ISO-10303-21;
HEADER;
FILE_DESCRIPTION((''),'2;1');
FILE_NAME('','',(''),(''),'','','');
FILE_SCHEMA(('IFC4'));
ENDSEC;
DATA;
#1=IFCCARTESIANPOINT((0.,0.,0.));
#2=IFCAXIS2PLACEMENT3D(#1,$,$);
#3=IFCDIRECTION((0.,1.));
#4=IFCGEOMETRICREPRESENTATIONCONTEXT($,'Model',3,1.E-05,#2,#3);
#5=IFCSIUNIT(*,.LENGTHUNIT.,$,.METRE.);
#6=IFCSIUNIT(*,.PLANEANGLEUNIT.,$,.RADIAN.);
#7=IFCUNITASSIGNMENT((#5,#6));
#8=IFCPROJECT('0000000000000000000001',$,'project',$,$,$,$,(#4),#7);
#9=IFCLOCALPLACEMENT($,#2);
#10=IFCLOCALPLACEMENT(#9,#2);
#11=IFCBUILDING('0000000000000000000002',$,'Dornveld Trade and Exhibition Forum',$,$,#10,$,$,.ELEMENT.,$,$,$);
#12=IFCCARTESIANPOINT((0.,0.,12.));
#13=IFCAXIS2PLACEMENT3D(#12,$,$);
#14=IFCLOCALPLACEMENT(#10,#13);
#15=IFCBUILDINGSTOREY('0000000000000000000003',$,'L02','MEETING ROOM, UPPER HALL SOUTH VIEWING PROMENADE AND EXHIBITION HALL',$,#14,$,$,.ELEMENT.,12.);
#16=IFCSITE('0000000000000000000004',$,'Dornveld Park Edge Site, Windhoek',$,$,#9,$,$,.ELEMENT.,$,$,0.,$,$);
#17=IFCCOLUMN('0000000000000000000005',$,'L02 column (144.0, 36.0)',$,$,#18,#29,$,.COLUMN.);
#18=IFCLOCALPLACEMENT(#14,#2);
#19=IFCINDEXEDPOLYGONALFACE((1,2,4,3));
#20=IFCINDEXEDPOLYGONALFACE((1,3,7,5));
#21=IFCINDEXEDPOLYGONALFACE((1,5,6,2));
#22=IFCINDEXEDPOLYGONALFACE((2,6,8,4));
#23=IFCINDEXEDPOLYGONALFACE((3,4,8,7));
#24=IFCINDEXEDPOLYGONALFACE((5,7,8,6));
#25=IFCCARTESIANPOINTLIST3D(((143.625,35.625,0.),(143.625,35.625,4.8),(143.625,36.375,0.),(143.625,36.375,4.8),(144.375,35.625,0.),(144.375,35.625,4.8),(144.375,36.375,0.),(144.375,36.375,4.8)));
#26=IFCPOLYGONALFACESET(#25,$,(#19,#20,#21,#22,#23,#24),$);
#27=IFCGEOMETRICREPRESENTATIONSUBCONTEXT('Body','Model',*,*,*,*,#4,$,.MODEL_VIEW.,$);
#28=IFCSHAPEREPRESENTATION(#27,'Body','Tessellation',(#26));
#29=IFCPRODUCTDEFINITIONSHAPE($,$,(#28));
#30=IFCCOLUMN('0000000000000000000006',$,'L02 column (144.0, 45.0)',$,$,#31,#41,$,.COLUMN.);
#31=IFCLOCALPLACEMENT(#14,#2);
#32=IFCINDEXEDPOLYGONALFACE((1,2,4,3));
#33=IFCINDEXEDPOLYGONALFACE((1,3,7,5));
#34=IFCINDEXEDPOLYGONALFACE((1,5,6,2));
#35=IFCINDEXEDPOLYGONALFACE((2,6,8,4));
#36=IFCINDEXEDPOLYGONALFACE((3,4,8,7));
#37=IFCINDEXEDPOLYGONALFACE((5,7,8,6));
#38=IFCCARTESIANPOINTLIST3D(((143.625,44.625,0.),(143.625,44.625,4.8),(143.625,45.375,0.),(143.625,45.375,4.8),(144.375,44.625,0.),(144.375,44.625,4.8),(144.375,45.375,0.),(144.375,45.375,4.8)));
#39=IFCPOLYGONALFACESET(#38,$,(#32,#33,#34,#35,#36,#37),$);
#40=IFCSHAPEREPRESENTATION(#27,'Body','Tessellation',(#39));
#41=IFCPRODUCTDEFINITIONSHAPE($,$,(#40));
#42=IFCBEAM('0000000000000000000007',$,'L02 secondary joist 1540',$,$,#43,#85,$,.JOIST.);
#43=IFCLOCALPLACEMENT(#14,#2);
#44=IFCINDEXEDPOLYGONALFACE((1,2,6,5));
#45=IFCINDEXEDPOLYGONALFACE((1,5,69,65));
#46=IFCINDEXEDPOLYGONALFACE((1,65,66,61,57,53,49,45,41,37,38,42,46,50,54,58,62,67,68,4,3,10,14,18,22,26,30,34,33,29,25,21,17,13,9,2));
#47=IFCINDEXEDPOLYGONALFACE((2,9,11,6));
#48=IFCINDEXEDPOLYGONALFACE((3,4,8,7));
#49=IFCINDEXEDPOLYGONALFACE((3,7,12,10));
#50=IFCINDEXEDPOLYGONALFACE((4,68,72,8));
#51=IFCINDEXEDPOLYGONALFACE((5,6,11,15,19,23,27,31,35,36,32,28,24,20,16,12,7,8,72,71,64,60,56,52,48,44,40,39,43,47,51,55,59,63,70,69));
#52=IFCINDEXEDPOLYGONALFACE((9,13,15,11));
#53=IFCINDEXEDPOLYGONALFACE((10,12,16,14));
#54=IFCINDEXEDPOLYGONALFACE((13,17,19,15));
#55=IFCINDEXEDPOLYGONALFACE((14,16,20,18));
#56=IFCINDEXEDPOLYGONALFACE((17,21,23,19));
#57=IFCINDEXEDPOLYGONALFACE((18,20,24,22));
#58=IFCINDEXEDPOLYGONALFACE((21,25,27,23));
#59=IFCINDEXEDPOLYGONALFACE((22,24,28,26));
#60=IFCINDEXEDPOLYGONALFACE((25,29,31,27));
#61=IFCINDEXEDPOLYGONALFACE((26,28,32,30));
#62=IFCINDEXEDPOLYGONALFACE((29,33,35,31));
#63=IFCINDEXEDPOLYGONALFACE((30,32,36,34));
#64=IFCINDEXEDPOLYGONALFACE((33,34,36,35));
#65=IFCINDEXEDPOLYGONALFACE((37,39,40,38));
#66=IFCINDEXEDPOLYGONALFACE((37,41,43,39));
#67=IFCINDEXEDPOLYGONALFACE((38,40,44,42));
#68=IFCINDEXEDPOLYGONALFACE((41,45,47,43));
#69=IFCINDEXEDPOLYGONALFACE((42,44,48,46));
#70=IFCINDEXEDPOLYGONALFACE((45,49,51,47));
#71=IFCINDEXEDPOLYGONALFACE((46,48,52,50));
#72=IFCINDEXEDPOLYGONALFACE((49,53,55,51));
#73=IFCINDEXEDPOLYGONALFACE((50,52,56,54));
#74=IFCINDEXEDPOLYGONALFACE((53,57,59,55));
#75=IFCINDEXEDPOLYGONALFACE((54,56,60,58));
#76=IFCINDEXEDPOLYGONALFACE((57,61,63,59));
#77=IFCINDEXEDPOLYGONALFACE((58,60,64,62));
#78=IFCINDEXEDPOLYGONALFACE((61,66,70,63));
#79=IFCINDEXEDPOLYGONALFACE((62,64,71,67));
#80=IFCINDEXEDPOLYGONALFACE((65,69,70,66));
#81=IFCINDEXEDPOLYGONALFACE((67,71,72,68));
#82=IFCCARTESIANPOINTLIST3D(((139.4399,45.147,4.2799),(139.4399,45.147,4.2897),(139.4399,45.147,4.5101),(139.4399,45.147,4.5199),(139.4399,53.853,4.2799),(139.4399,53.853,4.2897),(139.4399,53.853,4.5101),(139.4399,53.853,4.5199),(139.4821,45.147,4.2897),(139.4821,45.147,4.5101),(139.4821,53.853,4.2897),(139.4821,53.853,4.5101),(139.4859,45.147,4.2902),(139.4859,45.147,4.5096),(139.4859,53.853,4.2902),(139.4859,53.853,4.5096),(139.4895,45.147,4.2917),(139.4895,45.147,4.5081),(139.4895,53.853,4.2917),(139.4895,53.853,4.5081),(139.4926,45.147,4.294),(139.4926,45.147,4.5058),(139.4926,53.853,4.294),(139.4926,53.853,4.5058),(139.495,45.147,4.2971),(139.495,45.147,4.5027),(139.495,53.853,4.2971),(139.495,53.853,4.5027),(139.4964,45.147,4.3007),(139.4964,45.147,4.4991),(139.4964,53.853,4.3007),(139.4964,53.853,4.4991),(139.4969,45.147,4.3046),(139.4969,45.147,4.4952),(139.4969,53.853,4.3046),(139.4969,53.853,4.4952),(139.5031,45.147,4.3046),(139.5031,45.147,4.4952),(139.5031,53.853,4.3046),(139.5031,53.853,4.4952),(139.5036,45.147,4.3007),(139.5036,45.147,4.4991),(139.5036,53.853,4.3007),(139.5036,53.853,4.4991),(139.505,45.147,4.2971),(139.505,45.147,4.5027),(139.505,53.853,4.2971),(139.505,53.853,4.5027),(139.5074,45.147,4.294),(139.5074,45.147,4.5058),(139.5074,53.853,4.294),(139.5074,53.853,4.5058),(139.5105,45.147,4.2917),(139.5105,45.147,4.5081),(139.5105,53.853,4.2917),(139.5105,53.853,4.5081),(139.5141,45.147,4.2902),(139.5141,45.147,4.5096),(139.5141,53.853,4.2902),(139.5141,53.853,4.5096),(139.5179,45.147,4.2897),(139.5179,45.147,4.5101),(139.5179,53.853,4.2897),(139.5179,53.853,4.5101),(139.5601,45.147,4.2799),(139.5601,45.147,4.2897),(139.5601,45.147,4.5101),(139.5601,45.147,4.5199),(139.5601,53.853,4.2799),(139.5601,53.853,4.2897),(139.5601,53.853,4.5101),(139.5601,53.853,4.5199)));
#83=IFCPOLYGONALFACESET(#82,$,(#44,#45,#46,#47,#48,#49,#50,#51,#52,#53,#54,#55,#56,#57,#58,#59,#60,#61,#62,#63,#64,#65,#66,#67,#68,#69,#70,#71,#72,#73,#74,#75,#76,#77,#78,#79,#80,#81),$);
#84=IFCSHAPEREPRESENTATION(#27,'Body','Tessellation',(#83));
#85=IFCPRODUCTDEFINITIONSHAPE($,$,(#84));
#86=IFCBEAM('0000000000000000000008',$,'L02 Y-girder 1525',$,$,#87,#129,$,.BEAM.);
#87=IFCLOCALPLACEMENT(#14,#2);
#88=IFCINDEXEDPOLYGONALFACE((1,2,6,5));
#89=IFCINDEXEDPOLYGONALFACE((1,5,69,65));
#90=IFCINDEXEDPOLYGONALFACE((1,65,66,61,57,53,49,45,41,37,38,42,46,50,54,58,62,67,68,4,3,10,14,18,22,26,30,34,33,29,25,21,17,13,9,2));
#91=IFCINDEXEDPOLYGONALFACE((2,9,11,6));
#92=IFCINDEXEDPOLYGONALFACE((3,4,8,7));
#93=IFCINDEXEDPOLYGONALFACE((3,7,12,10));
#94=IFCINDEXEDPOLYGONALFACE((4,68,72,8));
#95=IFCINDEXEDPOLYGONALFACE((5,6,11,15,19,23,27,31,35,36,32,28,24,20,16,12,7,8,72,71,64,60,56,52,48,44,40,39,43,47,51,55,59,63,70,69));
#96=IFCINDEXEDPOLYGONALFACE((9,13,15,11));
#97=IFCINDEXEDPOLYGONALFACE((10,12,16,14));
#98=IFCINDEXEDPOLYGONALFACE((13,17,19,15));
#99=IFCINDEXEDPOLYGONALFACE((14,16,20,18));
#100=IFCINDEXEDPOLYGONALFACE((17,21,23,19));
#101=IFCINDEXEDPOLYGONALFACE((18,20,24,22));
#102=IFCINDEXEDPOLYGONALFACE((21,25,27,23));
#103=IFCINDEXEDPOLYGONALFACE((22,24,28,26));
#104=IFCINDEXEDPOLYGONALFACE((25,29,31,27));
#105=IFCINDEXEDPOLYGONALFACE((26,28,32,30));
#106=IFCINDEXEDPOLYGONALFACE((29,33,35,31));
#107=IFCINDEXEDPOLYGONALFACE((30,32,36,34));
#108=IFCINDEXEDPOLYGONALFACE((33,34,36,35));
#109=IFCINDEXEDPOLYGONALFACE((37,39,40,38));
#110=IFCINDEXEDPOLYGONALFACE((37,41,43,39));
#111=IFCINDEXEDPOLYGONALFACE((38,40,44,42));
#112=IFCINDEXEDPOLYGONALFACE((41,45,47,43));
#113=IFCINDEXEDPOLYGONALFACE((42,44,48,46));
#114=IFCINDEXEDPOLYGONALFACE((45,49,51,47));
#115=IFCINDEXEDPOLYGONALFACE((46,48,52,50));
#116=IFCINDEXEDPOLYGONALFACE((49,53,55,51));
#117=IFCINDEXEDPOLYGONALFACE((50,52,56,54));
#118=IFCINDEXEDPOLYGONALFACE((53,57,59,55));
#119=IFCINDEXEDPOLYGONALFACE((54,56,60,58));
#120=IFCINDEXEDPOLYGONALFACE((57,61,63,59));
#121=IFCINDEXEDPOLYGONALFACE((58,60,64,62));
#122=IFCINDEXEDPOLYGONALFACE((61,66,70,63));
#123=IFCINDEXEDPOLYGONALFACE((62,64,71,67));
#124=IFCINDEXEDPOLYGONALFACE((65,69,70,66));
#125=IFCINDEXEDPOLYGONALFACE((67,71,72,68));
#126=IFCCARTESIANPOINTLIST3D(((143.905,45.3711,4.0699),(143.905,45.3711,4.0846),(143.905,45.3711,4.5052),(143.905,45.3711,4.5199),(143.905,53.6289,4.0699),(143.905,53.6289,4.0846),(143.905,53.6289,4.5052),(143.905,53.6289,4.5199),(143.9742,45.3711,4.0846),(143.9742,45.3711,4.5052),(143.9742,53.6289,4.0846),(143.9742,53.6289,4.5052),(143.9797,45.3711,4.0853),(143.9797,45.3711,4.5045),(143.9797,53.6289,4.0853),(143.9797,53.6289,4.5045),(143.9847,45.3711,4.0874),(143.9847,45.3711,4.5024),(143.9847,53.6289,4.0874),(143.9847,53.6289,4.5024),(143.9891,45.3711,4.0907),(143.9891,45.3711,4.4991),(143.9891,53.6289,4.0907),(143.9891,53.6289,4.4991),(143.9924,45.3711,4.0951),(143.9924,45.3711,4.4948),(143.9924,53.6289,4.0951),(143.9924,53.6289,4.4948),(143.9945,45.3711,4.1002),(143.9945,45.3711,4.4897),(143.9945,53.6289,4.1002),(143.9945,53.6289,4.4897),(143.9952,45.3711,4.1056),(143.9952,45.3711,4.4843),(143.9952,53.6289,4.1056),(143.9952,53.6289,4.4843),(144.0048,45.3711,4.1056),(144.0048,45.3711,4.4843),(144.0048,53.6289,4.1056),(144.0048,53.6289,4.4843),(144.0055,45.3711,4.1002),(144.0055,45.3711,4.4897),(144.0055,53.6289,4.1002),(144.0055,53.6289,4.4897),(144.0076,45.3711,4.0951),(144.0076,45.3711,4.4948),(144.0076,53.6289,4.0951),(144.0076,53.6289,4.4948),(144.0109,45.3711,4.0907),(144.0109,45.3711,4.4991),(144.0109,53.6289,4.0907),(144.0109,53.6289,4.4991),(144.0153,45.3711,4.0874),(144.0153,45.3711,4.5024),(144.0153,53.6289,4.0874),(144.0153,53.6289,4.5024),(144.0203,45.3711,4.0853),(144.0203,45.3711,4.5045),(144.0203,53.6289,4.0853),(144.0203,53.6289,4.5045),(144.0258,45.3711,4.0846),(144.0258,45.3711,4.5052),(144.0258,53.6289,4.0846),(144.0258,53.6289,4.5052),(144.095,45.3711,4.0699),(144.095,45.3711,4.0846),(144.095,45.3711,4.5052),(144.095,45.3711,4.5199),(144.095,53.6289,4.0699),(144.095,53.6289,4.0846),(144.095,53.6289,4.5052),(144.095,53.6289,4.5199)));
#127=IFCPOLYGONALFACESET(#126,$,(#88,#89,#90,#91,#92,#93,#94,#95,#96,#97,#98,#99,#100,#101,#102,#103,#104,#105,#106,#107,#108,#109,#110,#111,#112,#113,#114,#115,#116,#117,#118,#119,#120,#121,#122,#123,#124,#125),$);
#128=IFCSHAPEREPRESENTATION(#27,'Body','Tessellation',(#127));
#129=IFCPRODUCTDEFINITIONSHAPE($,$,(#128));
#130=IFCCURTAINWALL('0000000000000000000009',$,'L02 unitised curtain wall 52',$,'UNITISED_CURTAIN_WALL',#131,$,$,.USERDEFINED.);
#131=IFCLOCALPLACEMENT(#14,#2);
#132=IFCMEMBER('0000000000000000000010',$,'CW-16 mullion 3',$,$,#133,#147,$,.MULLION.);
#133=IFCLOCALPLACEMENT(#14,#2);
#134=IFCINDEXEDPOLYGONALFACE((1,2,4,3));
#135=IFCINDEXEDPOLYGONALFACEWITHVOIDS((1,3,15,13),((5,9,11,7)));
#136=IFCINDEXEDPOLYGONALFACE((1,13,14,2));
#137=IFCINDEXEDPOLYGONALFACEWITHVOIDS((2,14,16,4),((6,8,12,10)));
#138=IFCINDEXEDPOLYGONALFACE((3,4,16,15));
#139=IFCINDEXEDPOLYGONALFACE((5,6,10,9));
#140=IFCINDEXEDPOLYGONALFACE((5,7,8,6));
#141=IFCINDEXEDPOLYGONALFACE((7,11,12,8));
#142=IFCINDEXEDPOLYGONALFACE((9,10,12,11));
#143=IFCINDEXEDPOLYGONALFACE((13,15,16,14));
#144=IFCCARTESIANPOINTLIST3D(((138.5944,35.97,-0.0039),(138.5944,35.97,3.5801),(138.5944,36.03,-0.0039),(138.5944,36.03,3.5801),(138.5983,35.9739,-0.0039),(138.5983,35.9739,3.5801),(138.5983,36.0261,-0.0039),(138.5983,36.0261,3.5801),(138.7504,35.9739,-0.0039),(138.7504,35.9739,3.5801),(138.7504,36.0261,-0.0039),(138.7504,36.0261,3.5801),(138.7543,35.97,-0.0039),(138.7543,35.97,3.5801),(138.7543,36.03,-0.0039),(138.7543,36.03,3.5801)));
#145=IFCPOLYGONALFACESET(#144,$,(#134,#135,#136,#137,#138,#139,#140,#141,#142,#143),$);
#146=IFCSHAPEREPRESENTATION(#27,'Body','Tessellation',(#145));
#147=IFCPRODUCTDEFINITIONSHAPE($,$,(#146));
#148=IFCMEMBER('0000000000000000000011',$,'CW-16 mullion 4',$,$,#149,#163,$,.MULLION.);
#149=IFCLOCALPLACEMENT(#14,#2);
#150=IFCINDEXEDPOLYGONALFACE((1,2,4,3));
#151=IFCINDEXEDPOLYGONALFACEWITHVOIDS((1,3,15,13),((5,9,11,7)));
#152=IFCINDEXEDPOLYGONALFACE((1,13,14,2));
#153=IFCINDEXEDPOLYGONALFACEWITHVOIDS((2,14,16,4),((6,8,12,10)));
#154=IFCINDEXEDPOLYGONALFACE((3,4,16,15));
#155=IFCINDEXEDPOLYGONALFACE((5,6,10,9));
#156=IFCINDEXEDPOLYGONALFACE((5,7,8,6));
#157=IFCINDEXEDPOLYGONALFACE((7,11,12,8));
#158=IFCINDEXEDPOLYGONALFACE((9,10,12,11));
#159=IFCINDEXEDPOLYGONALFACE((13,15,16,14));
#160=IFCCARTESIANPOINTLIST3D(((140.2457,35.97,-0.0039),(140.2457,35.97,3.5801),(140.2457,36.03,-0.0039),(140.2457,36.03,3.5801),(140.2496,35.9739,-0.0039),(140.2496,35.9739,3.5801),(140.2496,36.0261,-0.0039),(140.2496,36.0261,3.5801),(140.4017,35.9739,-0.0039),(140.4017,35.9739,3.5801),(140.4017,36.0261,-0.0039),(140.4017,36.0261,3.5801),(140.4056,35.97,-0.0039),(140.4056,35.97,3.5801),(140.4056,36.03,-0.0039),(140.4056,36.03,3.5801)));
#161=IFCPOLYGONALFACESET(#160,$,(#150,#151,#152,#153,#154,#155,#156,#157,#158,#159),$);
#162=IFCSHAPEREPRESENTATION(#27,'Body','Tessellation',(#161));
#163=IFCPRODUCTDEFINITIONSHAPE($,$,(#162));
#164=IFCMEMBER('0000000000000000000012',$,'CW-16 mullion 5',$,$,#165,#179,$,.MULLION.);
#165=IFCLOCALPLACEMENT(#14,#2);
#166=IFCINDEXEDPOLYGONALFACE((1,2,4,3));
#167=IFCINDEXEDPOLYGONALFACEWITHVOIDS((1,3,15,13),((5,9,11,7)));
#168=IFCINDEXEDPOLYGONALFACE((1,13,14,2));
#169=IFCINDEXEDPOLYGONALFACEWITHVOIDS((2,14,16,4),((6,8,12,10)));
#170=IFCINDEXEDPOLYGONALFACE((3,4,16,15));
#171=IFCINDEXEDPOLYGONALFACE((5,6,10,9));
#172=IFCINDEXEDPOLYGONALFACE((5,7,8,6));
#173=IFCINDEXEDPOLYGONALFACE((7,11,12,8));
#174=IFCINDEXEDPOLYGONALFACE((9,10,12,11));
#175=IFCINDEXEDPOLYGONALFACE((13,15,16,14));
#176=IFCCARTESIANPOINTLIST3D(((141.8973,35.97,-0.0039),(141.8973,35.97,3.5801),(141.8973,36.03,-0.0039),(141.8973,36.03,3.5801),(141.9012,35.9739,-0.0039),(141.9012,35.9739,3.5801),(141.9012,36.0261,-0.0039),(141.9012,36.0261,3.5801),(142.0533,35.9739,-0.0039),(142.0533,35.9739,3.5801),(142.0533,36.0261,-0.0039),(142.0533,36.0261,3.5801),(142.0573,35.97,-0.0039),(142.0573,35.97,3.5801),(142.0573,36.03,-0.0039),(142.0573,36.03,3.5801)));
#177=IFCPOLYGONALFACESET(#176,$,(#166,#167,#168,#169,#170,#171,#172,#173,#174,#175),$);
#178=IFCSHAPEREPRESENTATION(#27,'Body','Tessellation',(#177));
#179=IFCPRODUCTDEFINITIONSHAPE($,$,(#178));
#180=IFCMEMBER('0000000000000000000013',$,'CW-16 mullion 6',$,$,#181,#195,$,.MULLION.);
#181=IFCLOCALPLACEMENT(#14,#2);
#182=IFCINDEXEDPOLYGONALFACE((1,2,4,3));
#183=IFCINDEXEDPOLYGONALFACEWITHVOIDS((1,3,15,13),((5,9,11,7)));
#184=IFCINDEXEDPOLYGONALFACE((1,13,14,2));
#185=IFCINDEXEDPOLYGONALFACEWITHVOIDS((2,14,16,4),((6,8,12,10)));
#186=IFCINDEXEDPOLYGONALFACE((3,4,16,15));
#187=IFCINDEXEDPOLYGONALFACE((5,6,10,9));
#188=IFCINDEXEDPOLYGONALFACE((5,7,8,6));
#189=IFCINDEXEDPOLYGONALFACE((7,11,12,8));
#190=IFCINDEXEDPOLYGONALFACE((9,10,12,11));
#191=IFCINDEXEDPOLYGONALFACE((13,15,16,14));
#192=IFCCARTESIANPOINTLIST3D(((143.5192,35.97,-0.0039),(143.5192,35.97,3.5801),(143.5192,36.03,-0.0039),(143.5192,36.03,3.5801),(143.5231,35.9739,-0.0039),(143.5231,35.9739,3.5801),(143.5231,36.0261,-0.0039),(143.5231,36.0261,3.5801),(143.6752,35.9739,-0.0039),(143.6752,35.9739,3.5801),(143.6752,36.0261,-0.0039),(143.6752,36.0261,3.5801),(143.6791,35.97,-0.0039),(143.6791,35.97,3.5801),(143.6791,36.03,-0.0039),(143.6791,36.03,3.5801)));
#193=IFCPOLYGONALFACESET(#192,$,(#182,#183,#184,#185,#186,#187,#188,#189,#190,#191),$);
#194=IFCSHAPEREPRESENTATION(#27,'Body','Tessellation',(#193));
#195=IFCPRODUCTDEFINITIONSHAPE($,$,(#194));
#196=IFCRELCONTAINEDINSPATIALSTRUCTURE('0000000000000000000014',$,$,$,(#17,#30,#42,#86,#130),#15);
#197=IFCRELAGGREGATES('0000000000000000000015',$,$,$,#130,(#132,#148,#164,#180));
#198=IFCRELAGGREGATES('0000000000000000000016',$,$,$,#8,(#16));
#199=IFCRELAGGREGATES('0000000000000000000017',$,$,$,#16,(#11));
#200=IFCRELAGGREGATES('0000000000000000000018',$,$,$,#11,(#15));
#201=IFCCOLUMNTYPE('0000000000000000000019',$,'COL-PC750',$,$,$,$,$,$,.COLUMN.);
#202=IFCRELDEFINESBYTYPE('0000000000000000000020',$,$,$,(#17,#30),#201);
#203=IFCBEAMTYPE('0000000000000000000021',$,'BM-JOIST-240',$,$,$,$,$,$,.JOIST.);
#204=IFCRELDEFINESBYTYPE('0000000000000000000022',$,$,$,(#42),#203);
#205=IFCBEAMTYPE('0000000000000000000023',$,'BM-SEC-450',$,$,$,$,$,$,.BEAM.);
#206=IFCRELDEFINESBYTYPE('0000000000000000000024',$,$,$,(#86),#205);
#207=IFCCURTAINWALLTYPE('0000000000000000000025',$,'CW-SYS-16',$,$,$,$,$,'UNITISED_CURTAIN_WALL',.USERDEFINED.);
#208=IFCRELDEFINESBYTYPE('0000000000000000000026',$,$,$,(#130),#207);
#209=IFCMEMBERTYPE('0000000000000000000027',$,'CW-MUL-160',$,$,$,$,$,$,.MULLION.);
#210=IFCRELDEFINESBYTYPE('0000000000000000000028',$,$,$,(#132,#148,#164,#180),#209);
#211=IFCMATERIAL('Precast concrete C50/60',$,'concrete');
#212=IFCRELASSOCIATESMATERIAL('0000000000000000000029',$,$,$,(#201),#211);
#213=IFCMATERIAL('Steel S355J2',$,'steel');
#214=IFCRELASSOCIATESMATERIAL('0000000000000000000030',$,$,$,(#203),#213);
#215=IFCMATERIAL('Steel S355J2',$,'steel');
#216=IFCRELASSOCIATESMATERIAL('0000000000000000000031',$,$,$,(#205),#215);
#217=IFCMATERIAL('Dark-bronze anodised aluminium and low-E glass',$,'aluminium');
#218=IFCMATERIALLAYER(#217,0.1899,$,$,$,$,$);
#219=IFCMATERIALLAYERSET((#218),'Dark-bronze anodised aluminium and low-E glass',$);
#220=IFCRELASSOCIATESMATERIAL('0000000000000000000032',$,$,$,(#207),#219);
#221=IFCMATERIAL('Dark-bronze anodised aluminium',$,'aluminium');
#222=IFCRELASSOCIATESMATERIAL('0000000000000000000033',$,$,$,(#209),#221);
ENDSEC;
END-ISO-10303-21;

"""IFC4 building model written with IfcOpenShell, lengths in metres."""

from ifc_helpers import new_model, si_unit, direction, frame, origin, origin_2d, place, context, subcontext, project, spatial, rectangle, hollow_rectangle, i_section, extrude, material, layer, layer_set, material_profile, profile_set, type_object, element, aggregate, save


model = new_model("IFC4")

# Units and contexts
model_context = context("Model", 3, precision=1e-05, world=origin(), true_north=direction((0.0, 1.0)))
body_context = subcontext(model_context, "Body", "Model", "MODEL_VIEW")
ifc_project = project(units=[si_unit("LENGTHUNIT", "METRE"), si_unit("PLANEANGLEUNIT", "RADIAN")], contexts=[model_context])

# Site, building, storey
site_placement = place(None, origin())
site = spatial("IfcSite", under=ifc_project, at=site_placement, Name="Dornveld Park Edge Site, Windhoek", CompositionType="ELEMENT", RefElevation=0.0)
building_placement = place(site_placement, origin())
building = spatial("IfcBuilding", under=site, at=building_placement, Name="Dornveld Trade and Exhibition Forum", CompositionType="ELEMENT")
storey_placement = place(building_placement, frame((0.0, 0.0, 12.0)))
storey = spatial("IfcBuildingStorey", under=building, at=storey_placement, Name="L02", Description="MEETING ROOM, UPPER HALL SOUTH VIEWING PROMENADE AND EXHIBITION HALL", CompositionType="ELEMENT", Elevation=12.0)

# Columns
ifc_material_1 = material(Name="Precast concrete C50/60", Category="concrete")
ifc_material_profile_1 = material_profile(ifc_material_1, rectangle(XDim=0.75, YDim=0.75, at=origin_2d()), Name="PC-COL 750x750")
ifc_profile_set_1 = profile_set([ifc_material_profile_1], Name="Precast concrete C50/60")
column_type = type_object("IfcColumnType", Name="COL-PC750", PredefinedType="COLUMN", material=ifc_profile_set_1)
for number, where, z_axis, x_axis, name in (
    (1, (144.0, 36.0, 0.0), (0.0, 0.0, 1.0), (1.0, 0.0, 0.0), "L02 column (144.0, 36.0)"),
    (2, (144.0, 45.0, 0.0), (0.0, 0.0, 1.0), (1.0, 0.0, 0.0), "L02 column (144.0, 45.0)"),
):
    element("IfcColumn", number, at=place(storey_placement, frame(where, z_axis=z_axis, x_axis=x_axis)), inside=storey, type_object=column_type, Name=name, PredefinedType="COLUMN", context=body_context, shape_type="SweptSolid", body=[
        extrude(rectangle(XDim=0.75, YDim=0.75, at=origin_2d()), origin(), (0.0, 0.0, 1.0), 4.8),
    ])

# Beams
ifc_material_2 = material(Name="Steel S355J2", Category="steel")
ifc_material_profile_2 = material_profile(ifc_material_2, i_section(OverallWidth=0.1201, OverallDepth=0.24, WebThickness=0.0061, FlangeThickness=0.0098, FilletRadius=0.0149, at=origin_2d()), Name="IPE 240")
ifc_profile_set_2 = profile_set([ifc_material_profile_2], Name="Steel S355J2")
beam_type_1 = type_object("IfcBeamType", Name="BM-JOIST-240", PredefinedType="JOIST", material=ifc_profile_set_2)
beam_1_placement = place(storey_placement, frame((139.5, 45.147, 4.3999), z_axis=(0.0, 1.0, 0.0), x_axis=(-1.0, 0.0, 0.0)))
element("IfcBeam", 3, at=beam_1_placement, inside=storey, type_object=beam_type_1, Name="L02 secondary joist 1540", PredefinedType="JOIST", context=body_context, shape_type="SweptSolid", body=[
    extrude(i_section(OverallWidth=0.1201, OverallDepth=0.24, WebThickness=0.0061, FlangeThickness=0.0098, FilletRadius=0.0149, at=origin_2d()), origin(), (0.0, 0.0, 1.0), 8.7061),
])
ifc_material_3 = material(Name="Steel S355J2", Category="steel")
ifc_material_profile_3 = material_profile(ifc_material_3, i_section(OverallWidth=0.1899, OverallDepth=0.45, WebThickness=0.0095, FlangeThickness=0.0146, FilletRadius=0.021, at=origin_2d()), Name="IPE 450")
ifc_profile_set_3 = profile_set([ifc_material_profile_3], Name="Steel S355J2")
beam_type_2 = type_object("IfcBeamType", Name="BM-SEC-450", PredefinedType="BEAM", material=ifc_profile_set_3)
beam_2_placement = place(storey_placement, frame((144.0, 45.3711, 4.2949), z_axis=(0.0, 1.0, 0.0), x_axis=(-1.0, 0.0, 0.0)))
element("IfcBeam", 4, at=beam_2_placement, inside=storey, type_object=beam_type_2, Name="L02 Y-girder 1525", PredefinedType="BEAM", context=body_context, shape_type="SweptSolid", body=[
    extrude(i_section(OverallWidth=0.1899, OverallDepth=0.45, WebThickness=0.0095, FlangeThickness=0.0146, FilletRadius=0.021, at=origin_2d()), origin(), (0.0, 0.0, 1.0), 8.2578),
])

# Curtain wall, members
ifc_material_4 = material(Name="Dark-bronze anodised aluminium and low-E glass", Category="aluminium")
ifc_layer_1 = layer(ifc_material_4, 0.1899)
ifc_layer_set_1 = layer_set([ifc_layer_1], Name="Dark-bronze anodised aluminium and low-E glass")
curtain_wall_type = type_object("IfcCurtainWallType", Name="CW-SYS-16", ElementType="UNITISED_CURTAIN_WALL", PredefinedType="USERDEFINED", material=ifc_layer_set_1)
curtain_wall_placement = place(storey_placement, origin())
curtain_wall = element("IfcCurtainWall", 5, at=curtain_wall_placement, inside=storey, type_object=curtain_wall_type, Name="L02 unitised curtain wall 52", ObjectType="UNITISED_CURTAIN_WALL", PredefinedType="USERDEFINED")
ifc_material_5 = material(Name="Dark-bronze anodised aluminium", Category="aluminium")
ifc_material_profile_4 = material_profile(ifc_material_5, hollow_rectangle(XDim=0.0601, YDim=0.1599, WallThickness=0.0039, at=origin_2d()), Name="RHS 160x60x4")
ifc_profile_set_4 = profile_set([ifc_material_profile_4], Name="Dark-bronze anodised aluminium")
member_type_1 = type_object("IfcMemberType", Name="CW-MUL-160", PredefinedType="MULLION", material=ifc_profile_set_4)
member_1_placement = place(storey_placement, frame((138.6743, 36.0, -0.0039), z_axis=(0.0, 0.0, 1.0), x_axis=(0.0, 1.0, 0.0)))
member_1 = element("IfcMember", 6, at=member_1_placement, type_object=member_type_1, Name="CW-16 mullion 3", PredefinedType="MULLION", context=body_context, shape_type="SweptSolid", body=[
    extrude(hollow_rectangle(XDim=0.0601, YDim=0.1599, WallThickness=0.0039, at=origin_2d()), origin(), (0.0, 0.0, 1.0), 3.584),
])
member_2_placement = place(storey_placement, frame((140.3257, 36.0, -0.0039), z_axis=(0.0, 0.0, 1.0), x_axis=(0.0, 1.0, 0.0)))
member_2 = element("IfcMember", 7, at=member_2_placement, type_object=member_type_1, Name="CW-16 mullion 4", PredefinedType="MULLION", context=body_context, shape_type="SweptSolid", body=[
    extrude(hollow_rectangle(XDim=0.0601, YDim=0.1599, WallThickness=0.0039, at=origin_2d()), origin(), (0.0, 0.0, 1.0), 3.584),
])
member_3_placement = place(storey_placement, frame((141.9773, 36.0, -0.0039), z_axis=(0.0, 0.0, 1.0), x_axis=(0.0, 1.0, 0.0)))
member_3 = element("IfcMember", 8, at=member_3_placement, type_object=member_type_1, Name="CW-16 mullion 5", PredefinedType="MULLION", context=body_context, shape_type="SweptSolid", body=[
    extrude(hollow_rectangle(XDim=0.0601, YDim=0.1599, WallThickness=0.0039, at=origin_2d()), origin(), (0.0, 0.0, 1.0), 3.584),
])
member_4_placement = place(storey_placement, frame((143.5991, 36.0, -0.0039), z_axis=(0.0, 0.0, 1.0), x_axis=(0.0, 1.0, 0.0)))
member_4 = element("IfcMember", 9, at=member_4_placement, type_object=member_type_1, Name="CW-16 mullion 6", PredefinedType="MULLION", context=body_context, shape_type="SweptSolid", body=[
    extrude(hollow_rectangle(XDim=0.0601, YDim=0.1599, WallThickness=0.0039, at=origin_2d()), origin(), (0.0, 0.0, 1.0), 3.584),
])
aggregate(curtain_wall, [member_1, member_2, member_3, member_4])

save(model, "model.ifc")
